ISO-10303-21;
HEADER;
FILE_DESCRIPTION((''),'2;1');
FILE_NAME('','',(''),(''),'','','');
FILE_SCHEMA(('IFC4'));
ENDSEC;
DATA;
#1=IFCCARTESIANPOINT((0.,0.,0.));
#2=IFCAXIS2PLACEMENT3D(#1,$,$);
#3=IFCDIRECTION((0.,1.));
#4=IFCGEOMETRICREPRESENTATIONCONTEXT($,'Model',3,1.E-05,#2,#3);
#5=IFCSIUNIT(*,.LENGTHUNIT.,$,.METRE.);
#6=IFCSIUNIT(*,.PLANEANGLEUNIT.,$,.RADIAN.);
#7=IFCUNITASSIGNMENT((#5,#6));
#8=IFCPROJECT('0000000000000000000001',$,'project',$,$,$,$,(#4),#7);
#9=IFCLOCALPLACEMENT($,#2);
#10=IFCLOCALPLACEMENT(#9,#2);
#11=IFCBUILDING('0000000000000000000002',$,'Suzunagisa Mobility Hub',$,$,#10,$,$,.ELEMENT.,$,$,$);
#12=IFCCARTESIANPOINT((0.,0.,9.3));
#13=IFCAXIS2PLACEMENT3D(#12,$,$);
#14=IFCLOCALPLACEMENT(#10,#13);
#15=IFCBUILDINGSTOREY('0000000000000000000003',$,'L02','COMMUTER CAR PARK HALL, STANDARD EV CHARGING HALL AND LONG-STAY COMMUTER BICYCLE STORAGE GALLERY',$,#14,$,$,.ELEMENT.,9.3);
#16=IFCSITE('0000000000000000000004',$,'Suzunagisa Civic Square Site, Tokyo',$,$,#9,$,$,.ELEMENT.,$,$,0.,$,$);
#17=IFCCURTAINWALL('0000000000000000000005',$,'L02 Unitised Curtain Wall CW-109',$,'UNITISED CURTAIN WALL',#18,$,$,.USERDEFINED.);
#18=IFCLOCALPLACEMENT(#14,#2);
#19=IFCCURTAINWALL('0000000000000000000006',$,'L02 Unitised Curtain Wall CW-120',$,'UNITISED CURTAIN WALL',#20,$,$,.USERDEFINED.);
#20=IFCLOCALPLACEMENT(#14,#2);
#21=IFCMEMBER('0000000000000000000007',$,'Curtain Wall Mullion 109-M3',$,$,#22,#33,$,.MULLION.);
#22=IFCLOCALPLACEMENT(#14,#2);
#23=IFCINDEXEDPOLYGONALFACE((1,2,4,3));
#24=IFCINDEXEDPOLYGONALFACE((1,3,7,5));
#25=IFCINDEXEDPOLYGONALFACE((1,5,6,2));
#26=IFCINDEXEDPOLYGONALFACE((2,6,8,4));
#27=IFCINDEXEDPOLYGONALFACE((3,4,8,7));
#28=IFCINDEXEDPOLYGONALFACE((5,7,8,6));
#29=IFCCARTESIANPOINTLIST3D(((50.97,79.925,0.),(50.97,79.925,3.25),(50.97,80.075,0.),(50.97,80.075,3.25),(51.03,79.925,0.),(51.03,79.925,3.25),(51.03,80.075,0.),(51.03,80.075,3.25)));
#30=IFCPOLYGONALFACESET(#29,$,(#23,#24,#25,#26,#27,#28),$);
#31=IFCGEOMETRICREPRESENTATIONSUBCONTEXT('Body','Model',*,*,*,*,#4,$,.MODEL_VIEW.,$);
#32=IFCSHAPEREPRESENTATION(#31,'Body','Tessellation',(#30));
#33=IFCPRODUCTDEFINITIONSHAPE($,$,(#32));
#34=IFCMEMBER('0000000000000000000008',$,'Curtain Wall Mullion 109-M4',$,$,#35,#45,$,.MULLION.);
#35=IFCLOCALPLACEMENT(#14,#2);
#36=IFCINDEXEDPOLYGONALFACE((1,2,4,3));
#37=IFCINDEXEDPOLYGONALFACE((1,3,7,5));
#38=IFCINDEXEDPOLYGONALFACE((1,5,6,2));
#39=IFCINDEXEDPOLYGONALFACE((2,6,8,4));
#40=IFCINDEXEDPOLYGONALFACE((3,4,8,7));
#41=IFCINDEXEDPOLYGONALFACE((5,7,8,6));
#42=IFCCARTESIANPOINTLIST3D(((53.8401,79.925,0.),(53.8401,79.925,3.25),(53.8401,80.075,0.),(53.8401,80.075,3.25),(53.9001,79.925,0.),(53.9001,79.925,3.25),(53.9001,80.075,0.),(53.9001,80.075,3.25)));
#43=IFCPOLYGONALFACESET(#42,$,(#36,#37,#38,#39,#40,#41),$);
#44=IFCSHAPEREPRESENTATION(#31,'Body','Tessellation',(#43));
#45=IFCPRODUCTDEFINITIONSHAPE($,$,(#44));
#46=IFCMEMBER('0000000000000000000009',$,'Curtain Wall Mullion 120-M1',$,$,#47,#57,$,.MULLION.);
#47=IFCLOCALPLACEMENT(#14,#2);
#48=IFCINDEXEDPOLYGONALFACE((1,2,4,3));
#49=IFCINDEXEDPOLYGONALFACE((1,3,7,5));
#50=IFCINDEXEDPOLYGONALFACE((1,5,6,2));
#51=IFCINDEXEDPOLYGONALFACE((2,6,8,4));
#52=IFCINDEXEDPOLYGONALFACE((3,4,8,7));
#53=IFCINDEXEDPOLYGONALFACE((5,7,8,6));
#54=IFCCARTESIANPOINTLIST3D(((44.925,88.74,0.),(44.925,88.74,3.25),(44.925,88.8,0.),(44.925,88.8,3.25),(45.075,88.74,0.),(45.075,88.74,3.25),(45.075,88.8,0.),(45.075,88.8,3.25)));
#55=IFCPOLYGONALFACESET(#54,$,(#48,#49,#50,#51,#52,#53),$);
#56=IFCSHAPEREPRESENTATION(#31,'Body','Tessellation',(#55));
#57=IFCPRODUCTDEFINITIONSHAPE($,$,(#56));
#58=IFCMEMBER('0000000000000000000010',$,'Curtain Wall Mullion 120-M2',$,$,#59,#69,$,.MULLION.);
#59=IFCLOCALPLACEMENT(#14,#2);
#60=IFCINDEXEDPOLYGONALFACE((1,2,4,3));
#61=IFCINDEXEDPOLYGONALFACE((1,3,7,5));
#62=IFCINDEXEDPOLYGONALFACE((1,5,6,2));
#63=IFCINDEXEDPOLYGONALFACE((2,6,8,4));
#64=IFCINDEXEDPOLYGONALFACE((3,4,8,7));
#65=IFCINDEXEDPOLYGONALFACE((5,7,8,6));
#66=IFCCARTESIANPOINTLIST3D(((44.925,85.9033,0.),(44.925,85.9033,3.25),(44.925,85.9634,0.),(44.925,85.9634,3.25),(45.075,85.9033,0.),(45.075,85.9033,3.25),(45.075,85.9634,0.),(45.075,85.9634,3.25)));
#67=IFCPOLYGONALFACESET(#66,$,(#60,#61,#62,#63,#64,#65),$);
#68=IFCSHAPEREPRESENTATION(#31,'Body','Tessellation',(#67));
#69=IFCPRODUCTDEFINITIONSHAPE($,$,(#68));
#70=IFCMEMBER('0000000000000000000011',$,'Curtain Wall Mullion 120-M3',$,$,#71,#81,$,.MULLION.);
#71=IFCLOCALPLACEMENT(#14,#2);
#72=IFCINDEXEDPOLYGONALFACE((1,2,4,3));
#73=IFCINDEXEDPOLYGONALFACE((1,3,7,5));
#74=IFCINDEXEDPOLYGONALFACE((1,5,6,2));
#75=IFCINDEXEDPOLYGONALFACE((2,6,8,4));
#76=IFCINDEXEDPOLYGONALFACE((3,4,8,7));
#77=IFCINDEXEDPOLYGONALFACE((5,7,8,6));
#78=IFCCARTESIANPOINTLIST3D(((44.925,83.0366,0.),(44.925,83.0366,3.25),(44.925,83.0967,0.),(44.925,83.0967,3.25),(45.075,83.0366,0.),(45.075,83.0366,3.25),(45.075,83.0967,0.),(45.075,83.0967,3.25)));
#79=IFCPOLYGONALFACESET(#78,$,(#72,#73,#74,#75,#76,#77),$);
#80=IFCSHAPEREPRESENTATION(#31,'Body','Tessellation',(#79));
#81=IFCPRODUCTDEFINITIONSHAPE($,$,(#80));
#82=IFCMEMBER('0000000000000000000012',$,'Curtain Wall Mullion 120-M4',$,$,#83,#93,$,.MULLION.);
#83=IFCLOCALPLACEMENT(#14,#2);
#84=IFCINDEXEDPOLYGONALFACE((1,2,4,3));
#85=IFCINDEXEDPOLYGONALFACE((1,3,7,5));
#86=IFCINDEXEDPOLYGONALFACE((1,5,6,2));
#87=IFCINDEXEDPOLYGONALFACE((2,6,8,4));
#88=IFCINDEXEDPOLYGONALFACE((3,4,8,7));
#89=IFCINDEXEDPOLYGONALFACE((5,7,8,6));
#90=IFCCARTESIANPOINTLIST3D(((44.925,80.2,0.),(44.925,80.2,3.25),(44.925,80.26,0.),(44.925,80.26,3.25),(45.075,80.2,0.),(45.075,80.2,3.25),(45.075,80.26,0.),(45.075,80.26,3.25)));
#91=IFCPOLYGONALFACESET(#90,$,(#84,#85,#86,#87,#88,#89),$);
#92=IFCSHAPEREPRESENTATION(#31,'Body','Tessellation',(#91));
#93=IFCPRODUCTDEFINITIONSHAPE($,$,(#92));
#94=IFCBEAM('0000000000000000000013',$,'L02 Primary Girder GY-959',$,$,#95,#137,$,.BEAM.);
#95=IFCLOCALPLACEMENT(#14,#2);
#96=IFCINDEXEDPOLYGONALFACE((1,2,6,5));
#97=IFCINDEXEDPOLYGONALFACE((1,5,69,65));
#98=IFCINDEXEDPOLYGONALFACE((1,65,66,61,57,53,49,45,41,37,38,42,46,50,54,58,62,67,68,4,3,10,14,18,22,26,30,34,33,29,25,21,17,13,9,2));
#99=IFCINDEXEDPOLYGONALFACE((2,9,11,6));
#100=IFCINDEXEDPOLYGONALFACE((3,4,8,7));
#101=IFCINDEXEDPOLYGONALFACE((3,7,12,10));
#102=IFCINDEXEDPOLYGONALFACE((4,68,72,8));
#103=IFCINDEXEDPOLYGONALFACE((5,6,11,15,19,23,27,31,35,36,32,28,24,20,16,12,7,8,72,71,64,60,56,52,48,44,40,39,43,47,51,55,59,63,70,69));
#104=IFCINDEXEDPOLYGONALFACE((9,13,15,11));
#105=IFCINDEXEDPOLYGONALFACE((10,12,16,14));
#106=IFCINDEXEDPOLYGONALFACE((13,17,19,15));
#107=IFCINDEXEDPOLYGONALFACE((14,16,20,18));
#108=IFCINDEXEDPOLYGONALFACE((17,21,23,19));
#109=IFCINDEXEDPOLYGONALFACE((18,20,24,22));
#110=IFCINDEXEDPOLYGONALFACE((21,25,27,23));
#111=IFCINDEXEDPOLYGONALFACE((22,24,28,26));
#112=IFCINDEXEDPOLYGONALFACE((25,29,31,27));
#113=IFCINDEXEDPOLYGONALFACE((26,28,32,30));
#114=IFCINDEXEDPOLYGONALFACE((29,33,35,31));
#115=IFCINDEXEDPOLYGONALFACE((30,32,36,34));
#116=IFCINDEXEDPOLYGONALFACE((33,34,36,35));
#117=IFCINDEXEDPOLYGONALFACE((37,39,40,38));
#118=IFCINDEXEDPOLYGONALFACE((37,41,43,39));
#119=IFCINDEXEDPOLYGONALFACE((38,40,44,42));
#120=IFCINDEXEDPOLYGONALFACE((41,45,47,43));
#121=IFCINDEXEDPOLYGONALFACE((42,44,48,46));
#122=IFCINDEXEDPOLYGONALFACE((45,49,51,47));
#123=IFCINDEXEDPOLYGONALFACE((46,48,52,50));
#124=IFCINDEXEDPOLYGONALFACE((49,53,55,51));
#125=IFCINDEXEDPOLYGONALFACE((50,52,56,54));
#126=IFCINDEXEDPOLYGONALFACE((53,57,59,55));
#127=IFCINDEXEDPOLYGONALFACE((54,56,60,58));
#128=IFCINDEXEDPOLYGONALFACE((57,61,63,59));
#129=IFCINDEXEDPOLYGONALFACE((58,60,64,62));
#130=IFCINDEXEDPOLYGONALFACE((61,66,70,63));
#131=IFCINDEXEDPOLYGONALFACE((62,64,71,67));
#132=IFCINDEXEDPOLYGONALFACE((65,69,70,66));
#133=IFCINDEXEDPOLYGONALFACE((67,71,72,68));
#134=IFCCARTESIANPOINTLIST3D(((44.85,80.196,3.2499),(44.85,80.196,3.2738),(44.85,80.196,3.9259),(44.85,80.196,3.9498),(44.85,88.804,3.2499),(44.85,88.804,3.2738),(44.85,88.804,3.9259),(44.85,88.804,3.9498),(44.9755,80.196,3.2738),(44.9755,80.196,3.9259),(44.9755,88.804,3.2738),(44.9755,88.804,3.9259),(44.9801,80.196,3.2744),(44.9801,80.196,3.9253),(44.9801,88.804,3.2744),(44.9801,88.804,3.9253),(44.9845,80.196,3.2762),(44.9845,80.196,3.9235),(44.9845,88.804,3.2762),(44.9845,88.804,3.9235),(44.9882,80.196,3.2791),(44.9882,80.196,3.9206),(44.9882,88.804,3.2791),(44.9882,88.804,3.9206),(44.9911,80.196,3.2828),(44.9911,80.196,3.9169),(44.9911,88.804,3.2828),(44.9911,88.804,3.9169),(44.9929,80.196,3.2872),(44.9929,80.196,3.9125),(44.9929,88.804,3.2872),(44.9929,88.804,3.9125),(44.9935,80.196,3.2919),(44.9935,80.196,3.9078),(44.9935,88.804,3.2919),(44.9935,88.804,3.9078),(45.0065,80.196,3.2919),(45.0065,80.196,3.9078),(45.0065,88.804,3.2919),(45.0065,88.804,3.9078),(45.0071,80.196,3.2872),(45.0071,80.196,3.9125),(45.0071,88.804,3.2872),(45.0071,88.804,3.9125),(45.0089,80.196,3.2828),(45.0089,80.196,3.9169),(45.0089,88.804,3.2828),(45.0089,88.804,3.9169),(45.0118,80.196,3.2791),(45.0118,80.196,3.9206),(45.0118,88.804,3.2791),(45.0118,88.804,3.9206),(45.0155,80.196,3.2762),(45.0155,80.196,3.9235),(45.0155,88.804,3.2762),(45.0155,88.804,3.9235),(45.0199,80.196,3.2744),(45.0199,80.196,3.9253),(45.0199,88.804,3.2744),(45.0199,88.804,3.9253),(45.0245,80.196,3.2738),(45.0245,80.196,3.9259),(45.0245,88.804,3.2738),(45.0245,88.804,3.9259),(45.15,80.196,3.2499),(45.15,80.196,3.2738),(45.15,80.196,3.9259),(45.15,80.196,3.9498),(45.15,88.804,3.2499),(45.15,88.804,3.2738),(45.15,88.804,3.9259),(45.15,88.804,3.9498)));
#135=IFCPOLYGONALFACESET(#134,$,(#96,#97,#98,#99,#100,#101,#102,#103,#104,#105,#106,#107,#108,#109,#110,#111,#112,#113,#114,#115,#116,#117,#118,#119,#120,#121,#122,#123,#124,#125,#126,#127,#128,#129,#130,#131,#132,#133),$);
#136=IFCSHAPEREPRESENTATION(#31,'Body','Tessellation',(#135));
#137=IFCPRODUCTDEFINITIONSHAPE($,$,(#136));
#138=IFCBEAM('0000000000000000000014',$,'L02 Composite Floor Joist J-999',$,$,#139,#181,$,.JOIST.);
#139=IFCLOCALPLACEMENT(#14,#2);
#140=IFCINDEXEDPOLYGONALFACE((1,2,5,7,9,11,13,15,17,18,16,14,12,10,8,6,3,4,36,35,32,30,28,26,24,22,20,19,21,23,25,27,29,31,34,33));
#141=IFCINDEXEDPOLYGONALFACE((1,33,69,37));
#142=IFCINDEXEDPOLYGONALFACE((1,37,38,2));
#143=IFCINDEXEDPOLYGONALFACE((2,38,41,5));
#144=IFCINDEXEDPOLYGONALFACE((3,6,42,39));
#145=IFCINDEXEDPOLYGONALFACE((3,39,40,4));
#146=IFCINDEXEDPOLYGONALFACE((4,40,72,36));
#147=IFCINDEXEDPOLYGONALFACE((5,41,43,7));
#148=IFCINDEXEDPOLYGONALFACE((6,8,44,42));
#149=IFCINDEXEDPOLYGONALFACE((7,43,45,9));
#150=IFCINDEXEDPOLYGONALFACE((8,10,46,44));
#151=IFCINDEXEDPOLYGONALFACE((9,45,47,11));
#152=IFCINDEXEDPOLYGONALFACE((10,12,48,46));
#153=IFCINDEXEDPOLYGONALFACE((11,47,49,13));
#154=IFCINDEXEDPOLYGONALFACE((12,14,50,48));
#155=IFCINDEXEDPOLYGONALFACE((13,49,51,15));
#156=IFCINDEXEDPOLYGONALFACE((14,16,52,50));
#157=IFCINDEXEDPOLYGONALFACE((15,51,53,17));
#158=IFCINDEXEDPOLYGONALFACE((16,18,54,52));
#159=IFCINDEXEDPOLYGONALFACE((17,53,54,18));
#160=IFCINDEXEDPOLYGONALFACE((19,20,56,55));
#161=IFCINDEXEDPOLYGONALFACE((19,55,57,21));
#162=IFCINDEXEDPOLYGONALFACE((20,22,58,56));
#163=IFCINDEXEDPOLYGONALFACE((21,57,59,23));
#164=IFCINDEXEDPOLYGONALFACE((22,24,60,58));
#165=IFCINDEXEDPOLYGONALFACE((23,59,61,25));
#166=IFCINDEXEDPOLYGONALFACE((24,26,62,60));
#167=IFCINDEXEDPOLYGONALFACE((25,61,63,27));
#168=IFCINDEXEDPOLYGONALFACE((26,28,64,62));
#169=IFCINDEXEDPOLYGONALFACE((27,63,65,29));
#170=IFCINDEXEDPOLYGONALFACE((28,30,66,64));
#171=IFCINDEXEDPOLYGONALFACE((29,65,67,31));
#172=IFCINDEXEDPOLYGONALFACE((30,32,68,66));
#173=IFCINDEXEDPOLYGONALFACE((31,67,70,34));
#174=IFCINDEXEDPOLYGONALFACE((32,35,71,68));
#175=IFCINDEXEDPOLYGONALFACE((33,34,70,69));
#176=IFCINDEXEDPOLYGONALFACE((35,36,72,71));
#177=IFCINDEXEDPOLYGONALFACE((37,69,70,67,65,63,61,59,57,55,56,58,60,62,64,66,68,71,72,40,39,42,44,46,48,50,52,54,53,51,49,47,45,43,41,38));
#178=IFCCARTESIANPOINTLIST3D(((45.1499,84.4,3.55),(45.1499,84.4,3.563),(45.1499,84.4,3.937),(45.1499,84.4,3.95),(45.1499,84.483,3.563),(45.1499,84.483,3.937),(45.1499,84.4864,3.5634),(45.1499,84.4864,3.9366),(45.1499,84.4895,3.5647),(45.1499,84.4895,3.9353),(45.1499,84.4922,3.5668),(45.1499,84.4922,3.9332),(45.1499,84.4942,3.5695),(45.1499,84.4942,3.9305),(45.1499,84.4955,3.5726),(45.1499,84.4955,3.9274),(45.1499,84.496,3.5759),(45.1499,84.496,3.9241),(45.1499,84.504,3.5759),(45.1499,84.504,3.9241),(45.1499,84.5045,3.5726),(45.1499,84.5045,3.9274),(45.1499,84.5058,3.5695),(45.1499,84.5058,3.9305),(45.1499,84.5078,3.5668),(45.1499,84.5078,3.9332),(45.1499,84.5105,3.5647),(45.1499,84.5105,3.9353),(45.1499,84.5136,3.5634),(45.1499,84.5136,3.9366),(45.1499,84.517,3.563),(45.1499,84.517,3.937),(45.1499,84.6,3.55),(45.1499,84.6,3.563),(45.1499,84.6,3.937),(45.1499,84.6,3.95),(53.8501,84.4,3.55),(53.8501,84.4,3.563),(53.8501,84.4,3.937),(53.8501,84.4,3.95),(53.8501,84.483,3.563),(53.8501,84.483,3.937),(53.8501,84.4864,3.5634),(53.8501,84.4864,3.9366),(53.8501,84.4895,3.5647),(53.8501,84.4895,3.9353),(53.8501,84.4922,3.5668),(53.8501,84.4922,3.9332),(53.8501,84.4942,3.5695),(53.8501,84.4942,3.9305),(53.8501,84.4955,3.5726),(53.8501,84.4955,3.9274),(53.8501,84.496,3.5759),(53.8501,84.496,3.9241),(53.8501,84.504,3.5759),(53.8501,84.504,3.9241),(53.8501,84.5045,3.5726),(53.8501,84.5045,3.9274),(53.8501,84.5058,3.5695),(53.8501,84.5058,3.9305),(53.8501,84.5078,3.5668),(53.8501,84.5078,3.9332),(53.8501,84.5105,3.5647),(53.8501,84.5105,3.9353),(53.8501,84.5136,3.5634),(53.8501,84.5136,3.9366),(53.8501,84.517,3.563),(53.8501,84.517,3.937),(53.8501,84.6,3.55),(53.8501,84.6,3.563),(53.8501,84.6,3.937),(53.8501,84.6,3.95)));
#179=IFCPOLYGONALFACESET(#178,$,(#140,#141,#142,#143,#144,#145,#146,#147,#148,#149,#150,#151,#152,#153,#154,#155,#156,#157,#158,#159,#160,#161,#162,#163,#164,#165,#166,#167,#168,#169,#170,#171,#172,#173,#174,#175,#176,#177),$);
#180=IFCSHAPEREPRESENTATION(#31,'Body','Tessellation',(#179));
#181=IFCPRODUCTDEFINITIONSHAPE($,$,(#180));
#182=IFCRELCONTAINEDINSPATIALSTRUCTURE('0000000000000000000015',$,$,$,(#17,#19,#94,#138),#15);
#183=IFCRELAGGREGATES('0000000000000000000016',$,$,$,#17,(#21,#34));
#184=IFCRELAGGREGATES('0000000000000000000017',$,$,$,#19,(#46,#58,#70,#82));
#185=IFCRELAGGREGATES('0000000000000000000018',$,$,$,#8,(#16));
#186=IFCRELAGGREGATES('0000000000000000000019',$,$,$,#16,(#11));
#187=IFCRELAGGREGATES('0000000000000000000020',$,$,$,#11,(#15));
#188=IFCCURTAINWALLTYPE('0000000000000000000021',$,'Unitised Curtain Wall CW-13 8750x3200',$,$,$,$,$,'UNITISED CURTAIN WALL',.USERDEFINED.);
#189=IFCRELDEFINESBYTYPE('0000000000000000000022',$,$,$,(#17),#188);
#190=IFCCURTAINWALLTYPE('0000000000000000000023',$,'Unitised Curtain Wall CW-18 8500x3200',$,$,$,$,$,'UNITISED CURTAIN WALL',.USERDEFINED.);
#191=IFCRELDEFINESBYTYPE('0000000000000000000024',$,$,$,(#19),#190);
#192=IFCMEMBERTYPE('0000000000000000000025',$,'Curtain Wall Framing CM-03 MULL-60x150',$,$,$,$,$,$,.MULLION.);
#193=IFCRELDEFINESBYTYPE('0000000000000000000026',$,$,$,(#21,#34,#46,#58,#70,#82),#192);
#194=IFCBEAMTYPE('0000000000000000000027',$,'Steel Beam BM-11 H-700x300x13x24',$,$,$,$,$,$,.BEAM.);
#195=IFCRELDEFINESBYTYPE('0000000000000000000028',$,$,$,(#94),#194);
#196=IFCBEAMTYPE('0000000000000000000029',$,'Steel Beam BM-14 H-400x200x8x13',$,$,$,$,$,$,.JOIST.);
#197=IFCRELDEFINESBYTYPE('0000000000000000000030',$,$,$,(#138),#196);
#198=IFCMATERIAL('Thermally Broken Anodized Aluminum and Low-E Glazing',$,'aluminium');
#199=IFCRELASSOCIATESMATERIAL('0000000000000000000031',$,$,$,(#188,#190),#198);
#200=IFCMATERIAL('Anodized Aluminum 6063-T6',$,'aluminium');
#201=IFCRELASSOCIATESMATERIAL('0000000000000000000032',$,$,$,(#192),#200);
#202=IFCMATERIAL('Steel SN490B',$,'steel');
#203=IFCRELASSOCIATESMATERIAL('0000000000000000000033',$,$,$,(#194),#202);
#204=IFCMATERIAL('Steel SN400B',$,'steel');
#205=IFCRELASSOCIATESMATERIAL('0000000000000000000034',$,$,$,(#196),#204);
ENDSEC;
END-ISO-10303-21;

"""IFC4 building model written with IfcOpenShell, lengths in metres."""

from ifc_helpers import new_model, si_unit, direction, frame, origin, origin_2d, place, context, subcontext, project, spatial, rectangle, i_section, extrude, material, material_profile, profile_set, type_object, element, aggregate, save


model = new_model("IFC4")

# Units and contexts
model_context = context("Model", 3, precision=1e-05, world=origin(), true_north=direction((0.0, 1.0)))
body_context = subcontext(model_context, "Body", "Model", "MODEL_VIEW")
ifc_project = project(units=[si_unit("LENGTHUNIT", "METRE"), si_unit("PLANEANGLEUNIT", "RADIAN")], contexts=[model_context])

# Site, building, storey
site_placement = place(None, origin())
site = spatial("IfcSite", under=ifc_project, at=site_placement, Name="Suzunagisa Civic Square Site, Tokyo", CompositionType="ELEMENT", RefElevation=0.0)
building_placement = place(site_placement, origin())
building = spatial("IfcBuilding", under=site, at=building_placement, Name="Suzunagisa Mobility Hub", CompositionType="ELEMENT")
storey_placement = place(building_placement, frame((0.0, 0.0, 9.3)))
storey = spatial("IfcBuildingStorey", under=building, at=storey_placement, Name="L02", Description="COMMUTER CAR PARK HALL, STANDARD EV CHARGING HALL AND LONG-STAY COMMUTER BICYCLE STORAGE GALLERY", CompositionType="ELEMENT", Elevation=9.3)

# Shared definitions
ifc_material_1 = material(Name="Steel SN490B", Category="steel")

# Curtain walls
ifc_material_2 = material(Name="Thermally Broken Anodized Aluminum and Low-E Glazing", Category="aluminium")
curtain_wall_type_1 = type_object("IfcCurtainWallType", Name="Unitised Curtain Wall CW-13 8750x3200", ElementType="UNITISED CURTAIN WALL", PredefinedType="USERDEFINED", material=ifc_material_2)
curtain_wall_1_placement = place(storey_placement, origin())
curtain_wall_1 = element("IfcCurtainWall", 1, at=curtain_wall_1_placement, inside=storey, type_object=curtain_wall_type_1, Name="L02 Unitised Curtain Wall CW-109", ObjectType="UNITISED CURTAIN WALL", PredefinedType="USERDEFINED")
ifc_material_3 = material(Name="Anodized Aluminum 6063-T6", Category="aluminium")
curtain_wall_type_2 = type_object("IfcCurtainWallType", Name="Unitised Curtain Wall CW-18 8500x3200", ElementType="UNITISED CURTAIN WALL", PredefinedType="USERDEFINED", material=ifc_material_2)
curtain_wall_2_placement = place(storey_placement, origin())
curtain_wall_2 = element("IfcCurtainWall", 2, at=curtain_wall_2_placement, inside=storey, type_object=curtain_wall_type_2, Name="L02 Unitised Curtain Wall CW-120", ObjectType="UNITISED CURTAIN WALL", PredefinedType="USERDEFINED")

# Members
ifc_material_profile_1 = material_profile(ifc_material_3, rectangle(XDim=0.0601, YDim=0.1499, at=origin_2d()), Name="MULL-60x150")
ifc_profile_set_1 = profile_set([ifc_material_profile_1], Name="Anodized Aluminum 6063-T6")
member_type_1 = type_object("IfcMemberType", Name="Curtain Wall Framing CM-03 MULL-60x150", PredefinedType="MULLION", material=ifc_profile_set_1)
member_1_placement = place(storey_placement, frame((51.0, 80.0, 0.0), z_axis=(0.0, 0.0, 1.0), x_axis=(1.0, 0.0, 0.0)))
member_1 = element("IfcMember", 3, at=member_1_placement, type_object=member_type_1, Name="Curtain Wall Mullion 109-M3", PredefinedType="MULLION", context=body_context, shape_type="SweptSolid", body=[
    extrude(rectangle(XDim=0.0601, YDim=0.1499, at=origin_2d()), origin(), (0.0, 0.0, 1.0), 3.25),
])
member_2_placement = place(storey_placement, frame((53.8701, 80.0, 0.0), z_axis=(0.0, 0.0, 1.0), x_axis=(1.0, 0.0, 0.0)))
member_2 = element("IfcMember", 4, at=member_2_placement, type_object=member_type_1, Name="Curtain Wall Mullion 109-M4", PredefinedType="MULLION", context=body_context, shape_type="SweptSolid", body=[
    extrude(rectangle(XDim=0.0601, YDim=0.1499, at=origin_2d()), origin(), (0.0, 0.0, 1.0), 3.25),
])
member_3_placement = place(storey_placement, frame((45.0, 88.77, 0.0), z_axis=(0.0, 0.0, 1.0), x_axis=(0.0, -1.0, 0.0)))
member_3 = element("IfcMember", 5, at=member_3_placement, type_object=member_type_1, Name="Curtain Wall Mullion 120-M1", PredefinedType="MULLION", context=body_context, shape_type="SweptSolid", body=[
    extrude(rectangle(XDim=0.0601, YDim=0.1499, at=origin_2d()), origin(), (0.0, 0.0, 1.0), 3.25),
])
member_4_placement = place(storey_placement, frame((45.0, 85.9333, 0.0), z_axis=(0.0, 0.0, 1.0), x_axis=(0.0, -1.0, 0.0)))
member_4 = element("IfcMember", 6, at=member_4_placement, type_object=member_type_1, Name="Curtain Wall Mullion 120-M2", PredefinedType="MULLION", context=body_context, shape_type="SweptSolid", body=[
    extrude(rectangle(XDim=0.0601, YDim=0.1499, at=origin_2d()), origin(), (0.0, 0.0, 1.0), 3.25),
])
member_5_placement = place(storey_placement, frame((45.0, 83.0667, 0.0), z_axis=(0.0, 0.0, 1.0), x_axis=(0.0, -1.0, 0.0)))
member_5 = element("IfcMember", 7, at=member_5_placement, type_object=member_type_1, Name="Curtain Wall Mullion 120-M3", PredefinedType="MULLION", context=body_context, shape_type="SweptSolid", body=[
    extrude(rectangle(XDim=0.0601, YDim=0.1499, at=origin_2d()), origin(), (0.0, 0.0, 1.0), 3.25),
])
member_6_placement = place(storey_placement, frame((45.0, 80.23, 0.0), z_axis=(0.0, 0.0, 1.0), x_axis=(0.0, -1.0, 0.0)))
member_6 = element("IfcMember", 8, at=member_6_placement, type_object=member_type_1, Name="Curtain Wall Mullion 120-M4", PredefinedType="MULLION", context=body_context, shape_type="SweptSolid", body=[
    extrude(rectangle(XDim=0.0601, YDim=0.1499, at=origin_2d()), origin(), (0.0, 0.0, 1.0), 3.25),
])

# Beams
ifc_material_profile_2 = material_profile(ifc_material_1, i_section(OverallWidth=0.3, OverallDepth=0.7, WebThickness=0.0129, FlangeThickness=0.0239, FilletRadius=0.0181, at=origin_2d()), Name="H-700x300x13x24")
ifc_profile_set_2 = profile_set([ifc_material_profile_2], Name="Steel SN490B")
beam_type_1 = type_object("IfcBeamType", Name="Steel Beam BM-11 H-700x300x13x24", PredefinedType="BEAM", material=ifc_profile_set_2)
beam_1_placement = place(storey_placement, frame((45.0, 80.196, 3.5999), z_axis=(0.0, 1.0, 0.0), x_axis=(-1.0, 0.0, 0.0)))
element("IfcBeam", 9, at=beam_1_placement, inside=storey, type_object=beam_type_1, Name="L02 Primary Girder GY-959", PredefinedType="BEAM", context=body_context, shape_type="SweptSolid", body=[
    extrude(i_section(OverallWidth=0.3, OverallDepth=0.7, WebThickness=0.0129, FlangeThickness=0.0239, FilletRadius=0.0181, at=origin_2d()), origin(), (0.0, 0.0, 1.0), 8.6079),
])
ifc_material_4 = material(Name="Steel SN400B", Category="steel")
ifc_material_profile_3 = material_profile(ifc_material_4, i_section(OverallWidth=0.2, OverallDepth=0.3999, WebThickness=0.0081, FlangeThickness=0.0129, FilletRadius=0.0129, at=origin_2d()), Name="H-400x200x8x13")
ifc_profile_set_3 = profile_set([ifc_material_profile_3], Name="Steel SN400B")
beam_type_2 = type_object("IfcBeamType", Name="Steel Beam BM-14 H-400x200x8x13", PredefinedType="JOIST", material=ifc_profile_set_3)
beam_2_placement = place(storey_placement, frame((45.1499, 84.5, 3.75), z_axis=(1.0, 0.0, 0.0), x_axis=(0.0, 1.0, 0.0)))
element("IfcBeam", 10, at=beam_2_placement, inside=storey, type_object=beam_type_2, Name="L02 Composite Floor Joist J-999", PredefinedType="JOIST", context=body_context, shape_type="SweptSolid", body=[
    extrude(i_section(OverallWidth=0.2, OverallDepth=0.3999, WebThickness=0.0081, FlangeThickness=0.0129, FilletRadius=0.0129, at=origin_2d()), origin(), (0.0, 0.0, 1.0), 8.7002),
])

aggregate(curtain_wall_1, [member_1, member_2])
aggregate(curtain_wall_2, [member_3, member_4, member_5, member_6])

save(model, "model.ifc")
